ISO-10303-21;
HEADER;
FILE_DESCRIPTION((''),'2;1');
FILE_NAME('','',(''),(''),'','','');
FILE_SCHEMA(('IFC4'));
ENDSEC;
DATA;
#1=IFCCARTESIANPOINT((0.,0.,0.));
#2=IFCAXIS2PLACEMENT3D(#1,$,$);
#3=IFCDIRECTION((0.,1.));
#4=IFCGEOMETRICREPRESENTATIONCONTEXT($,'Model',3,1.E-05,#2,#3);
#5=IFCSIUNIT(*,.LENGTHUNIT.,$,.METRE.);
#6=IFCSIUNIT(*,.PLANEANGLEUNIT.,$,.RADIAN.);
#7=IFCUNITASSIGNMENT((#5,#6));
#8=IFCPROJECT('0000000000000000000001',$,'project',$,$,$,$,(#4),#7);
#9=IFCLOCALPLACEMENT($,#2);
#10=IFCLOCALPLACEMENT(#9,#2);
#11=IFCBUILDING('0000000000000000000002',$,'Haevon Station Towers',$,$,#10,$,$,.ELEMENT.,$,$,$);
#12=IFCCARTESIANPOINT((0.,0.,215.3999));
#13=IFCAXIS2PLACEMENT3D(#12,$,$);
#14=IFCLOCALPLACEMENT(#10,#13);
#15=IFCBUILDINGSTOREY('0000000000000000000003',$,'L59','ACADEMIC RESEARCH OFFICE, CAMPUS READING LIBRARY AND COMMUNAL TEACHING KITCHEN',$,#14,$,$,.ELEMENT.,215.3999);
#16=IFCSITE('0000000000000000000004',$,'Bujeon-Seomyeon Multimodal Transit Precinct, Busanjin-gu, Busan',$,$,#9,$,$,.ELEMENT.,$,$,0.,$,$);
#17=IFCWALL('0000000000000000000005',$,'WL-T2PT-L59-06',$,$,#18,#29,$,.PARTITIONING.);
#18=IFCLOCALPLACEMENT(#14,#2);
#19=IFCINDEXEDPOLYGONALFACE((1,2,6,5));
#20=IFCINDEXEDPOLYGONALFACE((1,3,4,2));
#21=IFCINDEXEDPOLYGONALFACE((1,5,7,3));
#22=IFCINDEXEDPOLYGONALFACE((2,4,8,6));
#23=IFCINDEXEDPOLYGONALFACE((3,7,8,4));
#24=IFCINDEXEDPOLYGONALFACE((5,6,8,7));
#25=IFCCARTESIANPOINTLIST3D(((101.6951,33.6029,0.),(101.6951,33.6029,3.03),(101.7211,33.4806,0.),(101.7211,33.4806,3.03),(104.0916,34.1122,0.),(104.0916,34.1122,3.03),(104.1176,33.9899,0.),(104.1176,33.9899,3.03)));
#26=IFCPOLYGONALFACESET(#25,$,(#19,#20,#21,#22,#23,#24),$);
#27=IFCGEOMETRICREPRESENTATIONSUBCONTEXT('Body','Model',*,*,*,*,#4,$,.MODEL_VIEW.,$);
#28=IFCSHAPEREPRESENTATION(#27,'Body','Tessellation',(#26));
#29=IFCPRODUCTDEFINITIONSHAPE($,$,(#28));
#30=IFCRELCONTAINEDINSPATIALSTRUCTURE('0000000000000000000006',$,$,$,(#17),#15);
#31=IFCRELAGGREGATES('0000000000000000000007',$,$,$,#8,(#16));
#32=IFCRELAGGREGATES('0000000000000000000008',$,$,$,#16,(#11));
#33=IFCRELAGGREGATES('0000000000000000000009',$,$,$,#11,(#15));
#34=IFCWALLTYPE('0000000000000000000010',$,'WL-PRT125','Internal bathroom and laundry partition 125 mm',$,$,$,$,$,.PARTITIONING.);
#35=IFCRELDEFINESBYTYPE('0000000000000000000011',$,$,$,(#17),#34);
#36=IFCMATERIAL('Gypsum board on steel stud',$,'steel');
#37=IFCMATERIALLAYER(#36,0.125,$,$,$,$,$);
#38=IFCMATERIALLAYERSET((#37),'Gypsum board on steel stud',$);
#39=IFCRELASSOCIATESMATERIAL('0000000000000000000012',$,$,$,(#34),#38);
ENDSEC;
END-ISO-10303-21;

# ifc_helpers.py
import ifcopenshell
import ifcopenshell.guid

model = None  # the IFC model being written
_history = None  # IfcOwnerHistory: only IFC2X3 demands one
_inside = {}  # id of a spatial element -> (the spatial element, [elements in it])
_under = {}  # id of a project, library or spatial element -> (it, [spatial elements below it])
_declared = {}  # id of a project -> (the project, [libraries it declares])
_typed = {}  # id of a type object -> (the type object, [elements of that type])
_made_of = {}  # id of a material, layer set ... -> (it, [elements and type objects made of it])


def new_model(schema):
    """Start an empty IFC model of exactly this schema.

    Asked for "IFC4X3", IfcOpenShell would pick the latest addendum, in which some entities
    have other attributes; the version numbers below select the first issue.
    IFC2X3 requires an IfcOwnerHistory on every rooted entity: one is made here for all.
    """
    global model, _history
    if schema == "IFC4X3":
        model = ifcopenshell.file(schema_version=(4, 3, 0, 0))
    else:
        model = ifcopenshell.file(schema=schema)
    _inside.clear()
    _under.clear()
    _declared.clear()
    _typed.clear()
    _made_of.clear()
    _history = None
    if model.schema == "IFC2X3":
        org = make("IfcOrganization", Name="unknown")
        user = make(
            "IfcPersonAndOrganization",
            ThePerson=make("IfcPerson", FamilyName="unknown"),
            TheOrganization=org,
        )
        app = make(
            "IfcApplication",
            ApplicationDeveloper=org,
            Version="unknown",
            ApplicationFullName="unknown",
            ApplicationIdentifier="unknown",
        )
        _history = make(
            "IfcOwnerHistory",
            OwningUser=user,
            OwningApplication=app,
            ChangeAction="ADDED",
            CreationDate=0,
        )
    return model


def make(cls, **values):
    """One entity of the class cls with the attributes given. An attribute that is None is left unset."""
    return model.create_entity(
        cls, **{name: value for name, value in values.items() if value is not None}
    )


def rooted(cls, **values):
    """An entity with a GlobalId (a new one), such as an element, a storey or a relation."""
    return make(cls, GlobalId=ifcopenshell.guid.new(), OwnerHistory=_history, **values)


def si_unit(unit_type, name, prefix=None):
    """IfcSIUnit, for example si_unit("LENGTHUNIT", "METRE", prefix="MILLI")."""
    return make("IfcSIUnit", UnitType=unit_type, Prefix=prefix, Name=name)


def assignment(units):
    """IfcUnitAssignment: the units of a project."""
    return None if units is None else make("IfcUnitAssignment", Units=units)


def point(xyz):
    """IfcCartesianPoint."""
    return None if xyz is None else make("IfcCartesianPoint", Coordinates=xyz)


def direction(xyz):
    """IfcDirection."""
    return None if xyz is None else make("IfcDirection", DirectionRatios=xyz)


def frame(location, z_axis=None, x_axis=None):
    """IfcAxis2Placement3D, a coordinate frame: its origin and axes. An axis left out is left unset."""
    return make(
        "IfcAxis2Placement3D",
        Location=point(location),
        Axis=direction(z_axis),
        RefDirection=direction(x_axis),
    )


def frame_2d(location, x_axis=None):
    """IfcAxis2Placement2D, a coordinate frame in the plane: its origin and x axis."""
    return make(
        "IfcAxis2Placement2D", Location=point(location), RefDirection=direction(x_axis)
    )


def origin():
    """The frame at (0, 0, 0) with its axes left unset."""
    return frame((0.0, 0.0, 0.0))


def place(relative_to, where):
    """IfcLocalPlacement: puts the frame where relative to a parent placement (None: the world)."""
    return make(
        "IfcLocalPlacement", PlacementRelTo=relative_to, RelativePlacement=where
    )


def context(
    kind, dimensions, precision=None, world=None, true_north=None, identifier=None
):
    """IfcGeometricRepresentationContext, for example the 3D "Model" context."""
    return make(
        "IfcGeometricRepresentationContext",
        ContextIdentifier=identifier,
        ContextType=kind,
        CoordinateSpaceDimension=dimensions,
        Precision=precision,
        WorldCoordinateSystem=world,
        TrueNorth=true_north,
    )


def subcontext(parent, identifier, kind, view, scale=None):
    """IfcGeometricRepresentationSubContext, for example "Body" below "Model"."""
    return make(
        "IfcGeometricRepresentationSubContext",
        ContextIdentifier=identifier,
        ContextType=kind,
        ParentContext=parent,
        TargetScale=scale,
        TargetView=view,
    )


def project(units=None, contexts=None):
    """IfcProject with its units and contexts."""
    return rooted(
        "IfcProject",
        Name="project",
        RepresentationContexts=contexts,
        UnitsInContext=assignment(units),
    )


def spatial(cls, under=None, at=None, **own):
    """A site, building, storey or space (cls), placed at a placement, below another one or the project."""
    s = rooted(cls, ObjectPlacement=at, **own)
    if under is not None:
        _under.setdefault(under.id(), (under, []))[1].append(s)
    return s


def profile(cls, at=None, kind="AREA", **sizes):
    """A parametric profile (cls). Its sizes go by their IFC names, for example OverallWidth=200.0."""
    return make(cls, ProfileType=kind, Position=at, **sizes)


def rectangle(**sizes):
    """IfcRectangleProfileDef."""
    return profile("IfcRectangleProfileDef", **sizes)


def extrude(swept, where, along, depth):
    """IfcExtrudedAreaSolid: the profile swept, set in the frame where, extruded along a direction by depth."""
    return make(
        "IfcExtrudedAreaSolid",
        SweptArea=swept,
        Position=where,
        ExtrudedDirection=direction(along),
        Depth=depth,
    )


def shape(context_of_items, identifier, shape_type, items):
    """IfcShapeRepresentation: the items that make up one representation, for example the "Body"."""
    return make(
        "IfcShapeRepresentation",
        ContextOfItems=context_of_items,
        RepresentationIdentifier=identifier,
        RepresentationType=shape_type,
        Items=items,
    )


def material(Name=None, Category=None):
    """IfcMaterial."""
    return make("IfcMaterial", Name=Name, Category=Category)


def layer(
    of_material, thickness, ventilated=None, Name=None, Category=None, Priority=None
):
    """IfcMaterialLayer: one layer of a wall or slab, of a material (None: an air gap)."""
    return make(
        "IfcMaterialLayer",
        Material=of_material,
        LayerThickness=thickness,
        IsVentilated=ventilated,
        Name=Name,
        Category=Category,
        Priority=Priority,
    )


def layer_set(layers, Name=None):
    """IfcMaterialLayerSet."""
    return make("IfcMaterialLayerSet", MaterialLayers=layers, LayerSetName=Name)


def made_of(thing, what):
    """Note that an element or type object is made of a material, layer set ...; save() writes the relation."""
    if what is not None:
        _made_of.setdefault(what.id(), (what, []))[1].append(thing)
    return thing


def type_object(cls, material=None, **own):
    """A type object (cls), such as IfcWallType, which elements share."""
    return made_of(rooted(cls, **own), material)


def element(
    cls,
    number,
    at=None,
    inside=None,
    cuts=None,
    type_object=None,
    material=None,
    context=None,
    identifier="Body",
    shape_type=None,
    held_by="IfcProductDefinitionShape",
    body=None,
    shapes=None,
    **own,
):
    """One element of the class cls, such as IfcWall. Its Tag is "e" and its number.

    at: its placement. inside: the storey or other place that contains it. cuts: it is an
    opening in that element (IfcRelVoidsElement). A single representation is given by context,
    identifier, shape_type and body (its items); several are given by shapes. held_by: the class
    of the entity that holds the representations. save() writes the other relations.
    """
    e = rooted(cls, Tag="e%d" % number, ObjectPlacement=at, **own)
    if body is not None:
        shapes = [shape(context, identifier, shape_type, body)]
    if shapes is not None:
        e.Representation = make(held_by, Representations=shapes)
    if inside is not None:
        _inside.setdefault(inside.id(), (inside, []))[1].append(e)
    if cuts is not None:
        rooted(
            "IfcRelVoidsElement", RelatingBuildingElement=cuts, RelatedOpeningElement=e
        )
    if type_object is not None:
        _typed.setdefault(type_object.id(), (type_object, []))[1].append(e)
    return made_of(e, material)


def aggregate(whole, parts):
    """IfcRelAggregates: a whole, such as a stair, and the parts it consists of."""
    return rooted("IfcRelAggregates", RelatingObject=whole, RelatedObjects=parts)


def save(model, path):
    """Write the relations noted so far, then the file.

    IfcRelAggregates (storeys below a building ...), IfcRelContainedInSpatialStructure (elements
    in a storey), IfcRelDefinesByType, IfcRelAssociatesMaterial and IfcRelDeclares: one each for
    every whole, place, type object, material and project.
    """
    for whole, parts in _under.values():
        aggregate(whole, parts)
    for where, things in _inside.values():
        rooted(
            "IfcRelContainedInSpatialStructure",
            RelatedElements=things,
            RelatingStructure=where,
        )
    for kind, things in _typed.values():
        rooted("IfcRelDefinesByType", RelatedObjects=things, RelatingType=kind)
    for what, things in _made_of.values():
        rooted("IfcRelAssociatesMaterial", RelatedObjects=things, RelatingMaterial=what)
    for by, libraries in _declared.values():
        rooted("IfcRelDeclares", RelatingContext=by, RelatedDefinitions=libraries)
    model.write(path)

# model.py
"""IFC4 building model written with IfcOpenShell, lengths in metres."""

from ifc_helpers import new_model, si_unit, direction, frame, frame_2d, origin, place, context, subcontext, project, spatial, rectangle, extrude, material, layer, layer_set, type_object, element, save


model = new_model("IFC4")

# Units and contexts
model_context = context("Model", 3, precision=1e-05, world=origin(), true_north=direction((0.0, 1.0)))
body_context = subcontext(model_context, "Body", "Model", "MODEL_VIEW")
ifc_project = project(units=[si_unit("LENGTHUNIT", "METRE"), si_unit("PLANEANGLEUNIT", "RADIAN")], contexts=[model_context])

# Site, building, storey
site_placement = place(None, origin())
site = spatial("IfcSite", under=ifc_project, at=site_placement, Name="Bujeon-Seomyeon Multimodal Transit Precinct, Busanjin-gu, Busan", CompositionType="ELEMENT", RefElevation=0.0)
building_placement = place(site_placement, origin())
building = spatial("IfcBuilding", under=site, at=building_placement, Name="Haevon Station Towers", CompositionType="ELEMENT")
storey_placement = place(building_placement, frame((0.0, 0.0, 215.3999)))
storey = spatial("IfcBuildingStorey", under=building, at=storey_placement, Name="L59", Description="ACADEMIC RESEARCH OFFICE, CAMPUS READING LIBRARY AND COMMUNAL TEACHING KITCHEN", CompositionType="ELEMENT", Elevation=215.3999)

# Shared definitions
ifc_material_1 = material(Name="Gypsum board on steel stud", Category="steel")

# Wall
ifc_layer_1 = layer(ifc_material_1, 0.125)
ifc_layer_set_1 = layer_set([ifc_layer_1], Name="Gypsum board on steel stud")
wall_type_1 = type_object("IfcWallType", Name="WL-PRT125", Description="Internal bathroom and laundry partition 125 mm", PredefinedType="PARTITIONING", material=ifc_layer_set_1)
wall_1_placement = place(storey_placement, frame((101.708, 33.5417, 0.0), z_axis=(0.0, 0.0, 1.0), x_axis=(0.978157, 0.207868, 0.0)))
element("IfcWall", 1, at=wall_1_placement, inside=storey, type_object=wall_type_1, Name="WL-T2PT-L59-06", PredefinedType="PARTITIONING", context=body_context, shape_type="SweptSolid", body=[
    extrude(rectangle(XDim=2.45, YDim=0.125, at=frame_2d((1.2251, 0.0))), origin(), (0.0, 0.0, 1.0), 3.03),
])

save(model, "model.ifc")
